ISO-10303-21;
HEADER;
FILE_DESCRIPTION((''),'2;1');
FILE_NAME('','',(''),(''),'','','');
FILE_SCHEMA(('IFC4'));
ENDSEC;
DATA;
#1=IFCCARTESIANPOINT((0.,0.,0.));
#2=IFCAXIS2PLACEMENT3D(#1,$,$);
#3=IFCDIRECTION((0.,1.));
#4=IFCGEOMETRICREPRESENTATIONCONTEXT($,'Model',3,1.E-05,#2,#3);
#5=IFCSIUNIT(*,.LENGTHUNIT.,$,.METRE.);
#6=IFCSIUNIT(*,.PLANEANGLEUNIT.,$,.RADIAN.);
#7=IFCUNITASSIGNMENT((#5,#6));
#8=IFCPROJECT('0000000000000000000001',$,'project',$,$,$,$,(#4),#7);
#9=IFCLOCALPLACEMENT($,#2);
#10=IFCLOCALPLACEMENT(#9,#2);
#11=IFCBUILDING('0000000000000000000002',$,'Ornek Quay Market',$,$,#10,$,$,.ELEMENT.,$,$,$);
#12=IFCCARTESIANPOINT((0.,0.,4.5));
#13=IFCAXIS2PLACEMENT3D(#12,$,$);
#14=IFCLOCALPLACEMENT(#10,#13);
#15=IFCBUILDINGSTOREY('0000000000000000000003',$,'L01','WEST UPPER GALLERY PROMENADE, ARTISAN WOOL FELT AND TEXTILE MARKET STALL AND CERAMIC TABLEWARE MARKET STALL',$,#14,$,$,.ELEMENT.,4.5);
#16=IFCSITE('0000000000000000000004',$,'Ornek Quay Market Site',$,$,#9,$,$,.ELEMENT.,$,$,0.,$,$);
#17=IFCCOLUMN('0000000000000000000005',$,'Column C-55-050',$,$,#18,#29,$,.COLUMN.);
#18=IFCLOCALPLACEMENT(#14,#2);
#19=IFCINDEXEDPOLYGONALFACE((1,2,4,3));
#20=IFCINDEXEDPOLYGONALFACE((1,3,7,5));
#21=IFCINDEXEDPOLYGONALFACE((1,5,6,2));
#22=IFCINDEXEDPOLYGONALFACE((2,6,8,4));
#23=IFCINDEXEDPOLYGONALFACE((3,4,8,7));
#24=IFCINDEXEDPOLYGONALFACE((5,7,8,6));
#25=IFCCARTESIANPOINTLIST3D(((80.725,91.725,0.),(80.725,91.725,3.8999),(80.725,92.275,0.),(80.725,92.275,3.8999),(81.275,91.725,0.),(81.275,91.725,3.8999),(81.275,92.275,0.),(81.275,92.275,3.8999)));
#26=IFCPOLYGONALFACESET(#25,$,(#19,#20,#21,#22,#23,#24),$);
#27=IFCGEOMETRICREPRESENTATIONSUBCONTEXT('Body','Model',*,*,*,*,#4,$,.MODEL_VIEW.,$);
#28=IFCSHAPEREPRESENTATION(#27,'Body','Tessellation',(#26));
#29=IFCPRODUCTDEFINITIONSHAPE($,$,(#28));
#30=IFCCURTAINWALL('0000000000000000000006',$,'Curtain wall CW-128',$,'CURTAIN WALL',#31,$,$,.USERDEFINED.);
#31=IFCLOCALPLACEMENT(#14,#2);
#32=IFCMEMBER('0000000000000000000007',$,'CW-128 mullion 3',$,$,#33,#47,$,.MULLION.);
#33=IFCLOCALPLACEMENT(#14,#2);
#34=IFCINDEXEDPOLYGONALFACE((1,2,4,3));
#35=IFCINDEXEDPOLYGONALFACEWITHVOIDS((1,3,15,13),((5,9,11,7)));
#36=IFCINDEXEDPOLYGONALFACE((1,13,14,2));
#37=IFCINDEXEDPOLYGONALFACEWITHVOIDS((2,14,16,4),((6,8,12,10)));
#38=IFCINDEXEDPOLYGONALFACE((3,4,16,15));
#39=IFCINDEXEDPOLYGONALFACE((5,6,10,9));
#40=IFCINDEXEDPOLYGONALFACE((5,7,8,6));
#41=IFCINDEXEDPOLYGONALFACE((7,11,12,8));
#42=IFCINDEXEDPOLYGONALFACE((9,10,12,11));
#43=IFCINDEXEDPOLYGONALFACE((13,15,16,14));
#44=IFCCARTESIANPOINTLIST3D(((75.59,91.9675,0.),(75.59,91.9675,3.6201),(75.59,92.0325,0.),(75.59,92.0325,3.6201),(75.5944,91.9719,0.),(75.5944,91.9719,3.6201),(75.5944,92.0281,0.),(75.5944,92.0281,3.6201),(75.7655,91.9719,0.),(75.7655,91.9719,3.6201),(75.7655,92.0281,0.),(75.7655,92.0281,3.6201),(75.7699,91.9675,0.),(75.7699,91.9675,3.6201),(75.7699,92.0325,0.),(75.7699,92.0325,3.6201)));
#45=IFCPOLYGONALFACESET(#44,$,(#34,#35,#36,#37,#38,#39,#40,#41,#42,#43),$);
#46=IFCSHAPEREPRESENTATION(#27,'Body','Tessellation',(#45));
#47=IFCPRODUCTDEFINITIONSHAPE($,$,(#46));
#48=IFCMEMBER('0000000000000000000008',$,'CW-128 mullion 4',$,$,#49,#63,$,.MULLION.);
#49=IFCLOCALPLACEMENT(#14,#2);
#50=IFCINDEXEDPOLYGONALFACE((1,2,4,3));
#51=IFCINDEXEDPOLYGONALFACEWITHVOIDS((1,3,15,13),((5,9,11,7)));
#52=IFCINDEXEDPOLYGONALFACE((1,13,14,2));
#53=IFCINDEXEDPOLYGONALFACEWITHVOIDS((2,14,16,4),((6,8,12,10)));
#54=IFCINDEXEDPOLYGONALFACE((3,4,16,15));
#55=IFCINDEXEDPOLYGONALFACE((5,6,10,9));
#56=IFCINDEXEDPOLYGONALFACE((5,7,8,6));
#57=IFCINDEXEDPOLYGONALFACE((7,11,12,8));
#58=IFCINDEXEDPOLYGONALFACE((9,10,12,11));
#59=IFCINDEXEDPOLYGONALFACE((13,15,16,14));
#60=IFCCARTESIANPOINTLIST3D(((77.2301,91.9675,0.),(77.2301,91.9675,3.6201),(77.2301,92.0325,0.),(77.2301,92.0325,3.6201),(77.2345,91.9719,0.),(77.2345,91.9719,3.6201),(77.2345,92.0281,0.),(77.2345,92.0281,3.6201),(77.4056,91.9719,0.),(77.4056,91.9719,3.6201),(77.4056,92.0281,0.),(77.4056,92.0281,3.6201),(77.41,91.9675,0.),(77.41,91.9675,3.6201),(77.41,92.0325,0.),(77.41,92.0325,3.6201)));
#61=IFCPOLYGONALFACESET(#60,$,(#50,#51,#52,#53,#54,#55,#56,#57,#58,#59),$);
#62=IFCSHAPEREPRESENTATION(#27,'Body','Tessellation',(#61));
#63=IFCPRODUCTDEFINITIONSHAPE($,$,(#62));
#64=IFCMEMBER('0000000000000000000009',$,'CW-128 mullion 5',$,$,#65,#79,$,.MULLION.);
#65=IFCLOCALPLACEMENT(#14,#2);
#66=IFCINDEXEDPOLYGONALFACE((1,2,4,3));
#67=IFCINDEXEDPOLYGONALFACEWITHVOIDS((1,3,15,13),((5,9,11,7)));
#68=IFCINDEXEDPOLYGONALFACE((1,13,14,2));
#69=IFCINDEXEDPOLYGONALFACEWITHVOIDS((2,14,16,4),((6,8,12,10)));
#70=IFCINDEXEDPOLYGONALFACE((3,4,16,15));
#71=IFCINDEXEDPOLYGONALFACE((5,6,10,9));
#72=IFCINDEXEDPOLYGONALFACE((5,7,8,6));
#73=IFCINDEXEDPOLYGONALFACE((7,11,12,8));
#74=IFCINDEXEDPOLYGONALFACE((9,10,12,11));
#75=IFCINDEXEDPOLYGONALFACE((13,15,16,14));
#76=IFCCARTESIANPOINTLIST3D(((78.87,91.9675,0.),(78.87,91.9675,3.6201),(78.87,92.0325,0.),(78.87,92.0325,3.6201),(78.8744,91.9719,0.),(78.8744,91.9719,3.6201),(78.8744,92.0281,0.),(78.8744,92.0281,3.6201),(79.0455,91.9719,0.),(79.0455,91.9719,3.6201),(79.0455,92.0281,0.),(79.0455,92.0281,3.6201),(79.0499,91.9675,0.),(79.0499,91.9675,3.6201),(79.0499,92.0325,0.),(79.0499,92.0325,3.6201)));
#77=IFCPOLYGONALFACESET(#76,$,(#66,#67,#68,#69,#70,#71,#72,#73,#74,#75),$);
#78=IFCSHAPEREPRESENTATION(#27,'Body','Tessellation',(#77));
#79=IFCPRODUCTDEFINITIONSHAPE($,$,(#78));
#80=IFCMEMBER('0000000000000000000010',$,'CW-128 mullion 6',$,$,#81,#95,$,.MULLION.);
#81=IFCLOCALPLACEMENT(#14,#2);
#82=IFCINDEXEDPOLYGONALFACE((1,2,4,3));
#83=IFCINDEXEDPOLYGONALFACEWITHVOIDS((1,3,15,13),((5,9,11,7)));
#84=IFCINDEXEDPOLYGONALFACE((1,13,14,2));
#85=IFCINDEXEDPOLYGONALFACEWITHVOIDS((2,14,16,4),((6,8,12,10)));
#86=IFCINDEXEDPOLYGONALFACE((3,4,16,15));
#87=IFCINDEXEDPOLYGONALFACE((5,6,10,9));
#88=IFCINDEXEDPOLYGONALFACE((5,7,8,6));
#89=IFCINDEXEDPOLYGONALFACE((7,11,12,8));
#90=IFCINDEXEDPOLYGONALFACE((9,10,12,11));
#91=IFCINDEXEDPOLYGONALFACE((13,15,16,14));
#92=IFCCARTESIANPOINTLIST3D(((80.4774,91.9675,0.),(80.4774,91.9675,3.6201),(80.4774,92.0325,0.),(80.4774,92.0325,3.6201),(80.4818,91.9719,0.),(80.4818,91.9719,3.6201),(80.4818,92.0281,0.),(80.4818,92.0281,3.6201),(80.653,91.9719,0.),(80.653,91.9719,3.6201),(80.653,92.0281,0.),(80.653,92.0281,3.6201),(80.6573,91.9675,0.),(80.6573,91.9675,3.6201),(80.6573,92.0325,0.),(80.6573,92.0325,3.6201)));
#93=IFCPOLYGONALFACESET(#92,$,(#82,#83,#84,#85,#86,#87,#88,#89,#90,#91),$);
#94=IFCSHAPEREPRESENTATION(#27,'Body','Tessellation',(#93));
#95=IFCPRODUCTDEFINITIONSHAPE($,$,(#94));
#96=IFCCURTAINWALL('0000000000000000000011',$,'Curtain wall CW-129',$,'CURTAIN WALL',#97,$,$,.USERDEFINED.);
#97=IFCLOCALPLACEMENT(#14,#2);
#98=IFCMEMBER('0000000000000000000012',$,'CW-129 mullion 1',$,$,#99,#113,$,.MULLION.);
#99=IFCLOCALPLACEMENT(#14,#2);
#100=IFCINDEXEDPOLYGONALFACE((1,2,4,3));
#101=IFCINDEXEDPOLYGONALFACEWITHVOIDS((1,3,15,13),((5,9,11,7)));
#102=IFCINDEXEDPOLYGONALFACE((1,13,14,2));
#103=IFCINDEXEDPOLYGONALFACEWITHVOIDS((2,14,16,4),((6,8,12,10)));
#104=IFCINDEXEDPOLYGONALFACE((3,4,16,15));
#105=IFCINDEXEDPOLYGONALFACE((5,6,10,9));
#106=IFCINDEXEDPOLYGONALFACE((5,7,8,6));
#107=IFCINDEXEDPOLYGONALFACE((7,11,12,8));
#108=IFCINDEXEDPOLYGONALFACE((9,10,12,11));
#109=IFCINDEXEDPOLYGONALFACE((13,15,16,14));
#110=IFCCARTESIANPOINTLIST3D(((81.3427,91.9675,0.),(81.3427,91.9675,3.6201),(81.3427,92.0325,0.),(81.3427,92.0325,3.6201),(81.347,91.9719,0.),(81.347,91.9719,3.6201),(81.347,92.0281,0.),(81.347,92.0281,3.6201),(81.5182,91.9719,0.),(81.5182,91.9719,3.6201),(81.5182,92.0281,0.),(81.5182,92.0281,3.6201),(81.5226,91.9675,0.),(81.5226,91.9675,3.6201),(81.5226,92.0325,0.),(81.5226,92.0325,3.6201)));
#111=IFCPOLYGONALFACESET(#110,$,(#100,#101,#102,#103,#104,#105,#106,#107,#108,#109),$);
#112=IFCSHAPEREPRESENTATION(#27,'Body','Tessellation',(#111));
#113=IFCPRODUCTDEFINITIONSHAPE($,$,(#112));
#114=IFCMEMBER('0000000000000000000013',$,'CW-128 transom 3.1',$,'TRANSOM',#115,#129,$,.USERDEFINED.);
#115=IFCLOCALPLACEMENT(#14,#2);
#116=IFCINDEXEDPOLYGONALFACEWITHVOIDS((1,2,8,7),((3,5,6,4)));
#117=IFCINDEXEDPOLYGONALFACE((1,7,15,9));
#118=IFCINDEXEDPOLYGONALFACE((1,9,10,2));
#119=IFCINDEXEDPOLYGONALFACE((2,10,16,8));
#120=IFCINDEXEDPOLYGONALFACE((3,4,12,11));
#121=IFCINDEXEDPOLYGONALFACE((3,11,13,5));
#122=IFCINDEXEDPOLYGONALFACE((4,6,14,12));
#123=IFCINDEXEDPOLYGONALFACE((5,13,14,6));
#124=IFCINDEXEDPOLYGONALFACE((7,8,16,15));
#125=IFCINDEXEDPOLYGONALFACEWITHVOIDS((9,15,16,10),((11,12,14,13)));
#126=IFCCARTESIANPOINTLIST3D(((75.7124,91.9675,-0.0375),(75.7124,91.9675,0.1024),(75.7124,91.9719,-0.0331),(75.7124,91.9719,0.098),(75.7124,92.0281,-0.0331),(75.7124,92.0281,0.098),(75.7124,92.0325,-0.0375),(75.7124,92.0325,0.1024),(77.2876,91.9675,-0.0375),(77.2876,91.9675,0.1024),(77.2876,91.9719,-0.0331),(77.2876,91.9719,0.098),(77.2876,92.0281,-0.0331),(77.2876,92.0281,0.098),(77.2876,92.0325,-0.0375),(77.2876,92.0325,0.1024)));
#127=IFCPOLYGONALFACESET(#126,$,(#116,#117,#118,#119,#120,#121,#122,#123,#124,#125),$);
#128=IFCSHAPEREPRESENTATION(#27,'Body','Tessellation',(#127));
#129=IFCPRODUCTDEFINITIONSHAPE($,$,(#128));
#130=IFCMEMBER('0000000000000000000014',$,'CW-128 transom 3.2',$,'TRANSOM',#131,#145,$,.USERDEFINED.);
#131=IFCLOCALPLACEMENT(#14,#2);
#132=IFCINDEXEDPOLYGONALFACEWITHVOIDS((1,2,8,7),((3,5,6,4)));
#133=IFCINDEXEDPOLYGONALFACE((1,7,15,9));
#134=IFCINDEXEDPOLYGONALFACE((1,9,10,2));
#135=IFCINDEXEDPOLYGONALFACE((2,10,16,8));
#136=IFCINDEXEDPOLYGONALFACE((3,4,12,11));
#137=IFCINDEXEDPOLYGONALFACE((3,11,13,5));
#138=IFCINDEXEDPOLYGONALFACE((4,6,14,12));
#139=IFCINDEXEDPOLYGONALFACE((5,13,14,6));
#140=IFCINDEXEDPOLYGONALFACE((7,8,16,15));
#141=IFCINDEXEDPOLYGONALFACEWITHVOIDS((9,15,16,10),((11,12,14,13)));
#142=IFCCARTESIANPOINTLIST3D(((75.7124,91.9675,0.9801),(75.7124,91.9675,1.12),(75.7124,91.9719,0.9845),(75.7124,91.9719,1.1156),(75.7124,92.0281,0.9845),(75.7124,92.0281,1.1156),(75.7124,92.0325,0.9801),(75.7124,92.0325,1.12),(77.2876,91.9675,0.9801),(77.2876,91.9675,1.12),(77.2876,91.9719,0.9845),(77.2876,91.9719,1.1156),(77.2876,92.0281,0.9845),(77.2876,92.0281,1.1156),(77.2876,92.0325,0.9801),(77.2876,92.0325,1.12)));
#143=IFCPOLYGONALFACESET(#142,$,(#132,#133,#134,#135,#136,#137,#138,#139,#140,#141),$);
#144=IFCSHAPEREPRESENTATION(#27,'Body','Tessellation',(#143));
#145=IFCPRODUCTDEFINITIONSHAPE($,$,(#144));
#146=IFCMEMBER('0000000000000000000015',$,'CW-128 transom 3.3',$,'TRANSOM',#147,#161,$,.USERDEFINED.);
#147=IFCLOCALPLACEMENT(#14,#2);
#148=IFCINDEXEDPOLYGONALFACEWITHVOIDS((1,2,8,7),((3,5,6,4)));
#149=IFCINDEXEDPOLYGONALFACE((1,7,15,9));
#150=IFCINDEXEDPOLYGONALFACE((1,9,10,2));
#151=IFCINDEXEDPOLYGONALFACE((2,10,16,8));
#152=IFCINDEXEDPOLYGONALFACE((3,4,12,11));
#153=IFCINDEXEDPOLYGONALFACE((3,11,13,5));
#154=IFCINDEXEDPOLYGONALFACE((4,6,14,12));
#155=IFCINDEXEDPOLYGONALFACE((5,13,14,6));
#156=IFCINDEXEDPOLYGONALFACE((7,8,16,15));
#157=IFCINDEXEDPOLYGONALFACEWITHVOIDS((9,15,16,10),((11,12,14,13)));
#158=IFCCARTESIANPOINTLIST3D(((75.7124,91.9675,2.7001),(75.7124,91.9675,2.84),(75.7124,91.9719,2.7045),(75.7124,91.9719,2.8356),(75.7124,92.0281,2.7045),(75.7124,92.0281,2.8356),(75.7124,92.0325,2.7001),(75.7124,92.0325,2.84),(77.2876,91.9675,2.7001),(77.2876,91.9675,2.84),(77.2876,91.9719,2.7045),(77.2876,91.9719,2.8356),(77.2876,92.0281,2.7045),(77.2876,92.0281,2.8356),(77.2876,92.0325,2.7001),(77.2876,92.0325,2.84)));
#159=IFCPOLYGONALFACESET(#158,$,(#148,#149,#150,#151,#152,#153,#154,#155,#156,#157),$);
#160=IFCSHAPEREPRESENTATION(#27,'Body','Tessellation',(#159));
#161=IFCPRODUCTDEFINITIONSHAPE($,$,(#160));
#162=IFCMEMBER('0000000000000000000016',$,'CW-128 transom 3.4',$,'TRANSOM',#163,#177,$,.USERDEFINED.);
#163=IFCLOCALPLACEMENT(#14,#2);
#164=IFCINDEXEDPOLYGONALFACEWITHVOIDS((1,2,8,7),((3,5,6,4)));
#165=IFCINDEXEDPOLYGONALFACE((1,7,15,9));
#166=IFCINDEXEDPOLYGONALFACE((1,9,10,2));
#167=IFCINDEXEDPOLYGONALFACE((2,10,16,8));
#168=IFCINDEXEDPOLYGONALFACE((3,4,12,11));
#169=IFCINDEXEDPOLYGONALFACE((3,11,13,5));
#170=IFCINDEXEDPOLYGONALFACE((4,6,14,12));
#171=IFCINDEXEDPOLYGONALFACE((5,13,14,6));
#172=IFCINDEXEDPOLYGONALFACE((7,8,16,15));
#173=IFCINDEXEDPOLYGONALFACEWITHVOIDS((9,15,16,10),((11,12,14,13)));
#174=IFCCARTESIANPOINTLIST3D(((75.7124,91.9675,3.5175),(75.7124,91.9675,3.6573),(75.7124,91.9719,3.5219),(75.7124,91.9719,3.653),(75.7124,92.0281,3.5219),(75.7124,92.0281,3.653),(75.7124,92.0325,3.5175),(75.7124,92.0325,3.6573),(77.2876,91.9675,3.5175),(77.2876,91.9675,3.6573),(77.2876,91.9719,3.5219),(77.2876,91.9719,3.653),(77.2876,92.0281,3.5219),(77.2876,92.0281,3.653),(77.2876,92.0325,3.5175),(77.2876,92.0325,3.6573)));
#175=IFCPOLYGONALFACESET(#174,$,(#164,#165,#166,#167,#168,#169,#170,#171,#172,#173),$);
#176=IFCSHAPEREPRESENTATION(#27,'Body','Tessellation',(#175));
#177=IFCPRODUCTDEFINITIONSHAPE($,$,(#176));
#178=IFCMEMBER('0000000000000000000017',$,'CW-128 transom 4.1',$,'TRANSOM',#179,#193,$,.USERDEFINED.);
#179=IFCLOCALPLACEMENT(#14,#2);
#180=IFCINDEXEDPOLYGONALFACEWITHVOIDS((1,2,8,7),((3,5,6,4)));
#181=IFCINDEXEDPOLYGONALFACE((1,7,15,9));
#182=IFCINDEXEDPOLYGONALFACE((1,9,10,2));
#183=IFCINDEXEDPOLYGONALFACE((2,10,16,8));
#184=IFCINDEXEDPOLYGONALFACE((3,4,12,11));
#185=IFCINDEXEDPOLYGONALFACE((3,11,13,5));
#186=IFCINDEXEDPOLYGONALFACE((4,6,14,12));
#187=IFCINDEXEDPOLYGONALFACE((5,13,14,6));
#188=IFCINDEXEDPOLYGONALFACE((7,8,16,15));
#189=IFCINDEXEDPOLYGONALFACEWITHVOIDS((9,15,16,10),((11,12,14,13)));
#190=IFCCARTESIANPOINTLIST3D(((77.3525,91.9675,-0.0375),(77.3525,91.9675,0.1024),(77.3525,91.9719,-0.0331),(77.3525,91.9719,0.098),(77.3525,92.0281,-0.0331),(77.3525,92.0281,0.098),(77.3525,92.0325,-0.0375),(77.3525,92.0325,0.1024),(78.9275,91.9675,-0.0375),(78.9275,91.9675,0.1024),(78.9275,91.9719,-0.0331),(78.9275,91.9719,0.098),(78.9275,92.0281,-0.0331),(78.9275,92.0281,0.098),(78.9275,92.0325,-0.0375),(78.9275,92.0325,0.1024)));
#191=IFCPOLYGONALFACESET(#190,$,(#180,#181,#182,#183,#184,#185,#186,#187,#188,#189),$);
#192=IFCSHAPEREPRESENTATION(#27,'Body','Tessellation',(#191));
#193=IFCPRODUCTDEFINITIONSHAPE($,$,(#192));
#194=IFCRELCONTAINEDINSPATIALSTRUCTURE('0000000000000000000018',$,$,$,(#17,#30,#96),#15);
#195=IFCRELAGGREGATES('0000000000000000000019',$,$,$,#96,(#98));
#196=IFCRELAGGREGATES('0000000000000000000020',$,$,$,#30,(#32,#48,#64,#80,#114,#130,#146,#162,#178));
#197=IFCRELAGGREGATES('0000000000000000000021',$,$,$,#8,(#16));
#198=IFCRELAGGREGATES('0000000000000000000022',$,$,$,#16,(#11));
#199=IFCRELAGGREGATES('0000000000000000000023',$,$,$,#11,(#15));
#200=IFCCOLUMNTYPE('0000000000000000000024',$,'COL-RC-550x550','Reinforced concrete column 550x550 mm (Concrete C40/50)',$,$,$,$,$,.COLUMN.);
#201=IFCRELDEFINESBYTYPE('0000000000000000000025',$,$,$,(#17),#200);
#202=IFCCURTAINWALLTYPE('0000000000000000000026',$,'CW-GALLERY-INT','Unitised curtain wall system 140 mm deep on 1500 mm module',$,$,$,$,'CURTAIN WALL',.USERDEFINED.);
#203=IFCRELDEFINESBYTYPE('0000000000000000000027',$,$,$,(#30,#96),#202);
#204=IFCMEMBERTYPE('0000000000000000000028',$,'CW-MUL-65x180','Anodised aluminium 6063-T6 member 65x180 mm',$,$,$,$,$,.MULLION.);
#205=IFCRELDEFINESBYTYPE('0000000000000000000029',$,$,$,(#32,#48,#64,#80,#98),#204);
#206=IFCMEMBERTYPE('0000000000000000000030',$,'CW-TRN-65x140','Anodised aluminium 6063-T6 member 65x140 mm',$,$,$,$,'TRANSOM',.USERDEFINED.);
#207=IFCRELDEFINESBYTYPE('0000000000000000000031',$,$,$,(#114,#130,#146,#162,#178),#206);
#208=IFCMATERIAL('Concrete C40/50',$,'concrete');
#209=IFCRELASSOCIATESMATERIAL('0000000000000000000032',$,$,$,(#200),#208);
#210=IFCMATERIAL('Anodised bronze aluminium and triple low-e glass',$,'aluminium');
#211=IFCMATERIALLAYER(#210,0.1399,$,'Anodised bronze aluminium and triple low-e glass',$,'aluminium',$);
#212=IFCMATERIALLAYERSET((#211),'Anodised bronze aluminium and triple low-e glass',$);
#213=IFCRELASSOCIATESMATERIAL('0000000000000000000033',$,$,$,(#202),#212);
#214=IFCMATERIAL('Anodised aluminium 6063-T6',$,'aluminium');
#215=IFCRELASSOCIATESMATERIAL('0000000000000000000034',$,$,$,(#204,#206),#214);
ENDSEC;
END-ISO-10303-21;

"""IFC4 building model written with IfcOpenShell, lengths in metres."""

from ifc_helpers import new_model, si_unit, direction, frame, origin, origin_2d, place, context, subcontext, project, spatial, rectangle, hollow_rectangle, extrude, material, layer, layer_set, material_profile, profile_set, type_object, element, aggregate, save


model = new_model("IFC4")

# Units and contexts
model_context = context("Model", 3, precision=1e-05, world=origin(), true_north=direction((0.0, 1.0)))
body_context = subcontext(model_context, "Body", "Model", "MODEL_VIEW")
ifc_project = project(units=[si_unit("LENGTHUNIT", "METRE"), si_unit("PLANEANGLEUNIT", "RADIAN")], contexts=[model_context])

# Site, building, storey
site_placement = place(None, origin())
site = spatial("IfcSite", under=ifc_project, at=site_placement, Name="Ornek Quay Market Site", CompositionType="ELEMENT", RefElevation=0.0)
building_placement = place(site_placement, origin())
building = spatial("IfcBuilding", under=site, at=building_placement, Name="Ornek Quay Market", CompositionType="ELEMENT")
storey_placement = place(building_placement, frame((0.0, 0.0, 4.5)))
storey = spatial("IfcBuildingStorey", under=building, at=storey_placement, Name="L01", Description="WEST UPPER GALLERY PROMENADE, ARTISAN WOOL FELT AND TEXTILE MARKET STALL AND CERAMIC TABLEWARE MARKET STALL", CompositionType="ELEMENT", Elevation=4.5)

# Column
ifc_material_1 = material(Name="Concrete C40/50", Category="concrete")
ifc_material_profile_1 = material_profile(ifc_material_1, rectangle(XDim=0.55, YDim=0.55, at=origin_2d()), Name="RC 550x550", Category="concrete")
ifc_profile_set_1 = profile_set([ifc_material_profile_1], Name="Concrete C40/50")
column_type = type_object("IfcColumnType", Name="COL-RC-550x550", Description="Reinforced concrete column 550x550 mm (Concrete C40/50)", PredefinedType="COLUMN", material=ifc_profile_set_1)
column_placement = place(storey_placement, frame((81.0, 92.0, 0.0), z_axis=(0.0, 0.0, 1.0), x_axis=(1.0, 0.0, 0.0)))
element("IfcColumn", 1, at=column_placement, inside=storey, type_object=column_type, Name="Column C-55-050", PredefinedType="COLUMN", context=body_context, shape_type="SweptSolid", body=[
    extrude(rectangle(XDim=0.55, YDim=0.55, at=origin_2d()), origin(), (0.0, 0.0, 1.0), 3.8999),
])

# Curtain wall, members
ifc_material_2 = material(Name="Anodised bronze aluminium and triple low-e glass", Category="aluminium")
ifc_layer_1 = layer(ifc_material_2, 0.1399, Name="Anodised bronze aluminium and triple low-e glass", Category="aluminium")
ifc_layer_set_1 = layer_set([ifc_layer_1], Name="Anodised bronze aluminium and triple low-e glass")
curtain_wall_type = type_object("IfcCurtainWallType", Name="CW-GALLERY-INT", Description="Unitised curtain wall system 140 mm deep on 1500 mm module", ElementType="CURTAIN WALL", PredefinedType="USERDEFINED", material=ifc_layer_set_1)
curtain_wall_1_placement = place(storey_placement, origin())
curtain_wall_1 = element("IfcCurtainWall", 2, at=curtain_wall_1_placement, inside=storey, type_object=curtain_wall_type, Name="Curtain wall CW-128", ObjectType="CURTAIN WALL", PredefinedType="USERDEFINED")
ifc_material_3 = material(Name="Anodised aluminium 6063-T6", Category="aluminium")
ifc_material_profile_2 = material_profile(ifc_material_3, hollow_rectangle(XDim=0.0649, YDim=0.1799, WallThickness=0.0044, at=origin_2d()), Name="CW-MUL-65x180", Category="aluminium")
ifc_profile_set_2 = profile_set([ifc_material_profile_2], Name="Anodised aluminium 6063-T6")
member_type_1 = type_object("IfcMemberType", Name="CW-MUL-65x180", Description="Anodised aluminium 6063-T6 member 65x180 mm", PredefinedType="MULLION", material=ifc_profile_set_2)
member_1_placement = place(storey_placement, frame((75.6799, 92.0, 0.0), z_axis=(0.0, 0.0, 1.0), x_axis=(0.0, 1.0, 0.0)))
member_1 = element("IfcMember", 3, at=member_1_placement, type_object=member_type_1, Name="CW-128 mullion 3", PredefinedType="MULLION", context=body_context, shape_type="SweptSolid", body=[
    extrude(hollow_rectangle(XDim=0.0649, YDim=0.1799, WallThickness=0.0044, at=origin_2d()), origin(), (0.0, 0.0, 1.0), 3.6201),
])
member_2_placement = place(storey_placement, frame((77.3201, 92.0, 0.0), z_axis=(0.0, 0.0, 1.0), x_axis=(0.0, 1.0, 0.0)))
member_2 = element("IfcMember", 4, at=member_2_placement, type_object=member_type_1, Name="CW-128 mullion 4", PredefinedType="MULLION", context=body_context, shape_type="SweptSolid", body=[
    extrude(hollow_rectangle(XDim=0.0649, YDim=0.1799, WallThickness=0.0044, at=origin_2d()), origin(), (0.0, 0.0, 1.0), 3.6201),
])
member_3_placement = place(storey_placement, frame((78.96, 92.0, 0.0), z_axis=(0.0, 0.0, 1.0), x_axis=(0.0, 1.0, 0.0)))
member_3 = element("IfcMember", 5, at=member_3_placement, type_object=member_type_1, Name="CW-128 mullion 5", PredefinedType="MULLION", context=body_context, shape_type="SweptSolid", body=[
    extrude(hollow_rectangle(XDim=0.0649, YDim=0.1799, WallThickness=0.0044, at=origin_2d()), origin(), (0.0, 0.0, 1.0), 3.6201),
])
member_4_placement = place(storey_placement, frame((80.5674, 92.0, 0.0), z_axis=(0.0, 0.0, 1.0), x_axis=(0.0, 1.0, 0.0)))
member_4 = element("IfcMember", 6, at=member_4_placement, type_object=member_type_1, Name="CW-128 mullion 6", PredefinedType="MULLION", context=body_context, shape_type="SweptSolid", body=[
    extrude(hollow_rectangle(XDim=0.0649, YDim=0.1799, WallThickness=0.0044, at=origin_2d()), origin(), (0.0, 0.0, 1.0), 3.6201),
])

# Curtain wall, member
curtain_wall_2_placement = place(storey_placement, origin())
curtain_wall_2 = element("IfcCurtainWall", 7, at=curtain_wall_2_placement, inside=storey, type_object=curtain_wall_type, Name="Curtain wall CW-129", ObjectType="CURTAIN WALL", PredefinedType="USERDEFINED")
member_5_placement = place(storey_placement, frame((81.4326, 92.0, 0.0), z_axis=(0.0, 0.0, 1.0), x_axis=(0.0, 1.0, 0.0)))
member_5 = element("IfcMember", 8, at=member_5_placement, type_object=member_type_1, Name="CW-129 mullion 1", PredefinedType="MULLION", context=body_context, shape_type="SweptSolid", body=[
    extrude(hollow_rectangle(XDim=0.0649, YDim=0.1799, WallThickness=0.0044, at=origin_2d()), origin(), (0.0, 0.0, 1.0), 3.6201),
])

# Members
ifc_material_profile_3 = material_profile(ifc_material_3, hollow_rectangle(XDim=0.0649, YDim=0.1399, WallThickness=0.0044, at=origin_2d()), Name="CW-TRN-65x140", Category="aluminium")
ifc_profile_set_3 = profile_set([ifc_material_profile_3], Name="Anodised aluminium 6063-T6")
member_type_2 = type_object("IfcMemberType", Name="CW-TRN-65x140", Description="Anodised aluminium 6063-T6 member 65x140 mm", ElementType="TRANSOM", PredefinedType="USERDEFINED", material=ifc_profile_set_3)
member_6_placement = place(storey_placement, frame((75.7124, 92.0, 0.0325), z_axis=(1.0, 0.0, 0.0), x_axis=(0.0, 1.0, 0.0)))
member_6 = element("IfcMember", 9, at=member_6_placement, type_object=member_type_2, Name="CW-128 transom 3.1", ObjectType="TRANSOM", PredefinedType="USERDEFINED", context=body_context, shape_type="SweptSolid", body=[
    extrude(hollow_rectangle(XDim=0.0649, YDim=0.1399, WallThickness=0.0044, at=origin_2d()), origin(), (0.0, 0.0, 1.0), 1.5752),
])
member_7_placement = place(storey_placement, frame((75.7124, 92.0, 1.05), z_axis=(1.0, 0.0, 0.0), x_axis=(0.0, 1.0, 0.0)))
member_7 = element("IfcMember", 10, at=member_7_placement, type_object=member_type_2, Name="CW-128 transom 3.2", ObjectType="TRANSOM", PredefinedType="USERDEFINED", context=body_context, shape_type="SweptSolid", body=[
    extrude(hollow_rectangle(XDim=0.0649, YDim=0.1399, WallThickness=0.0044, at=origin_2d()), origin(), (0.0, 0.0, 1.0), 1.5752),
])
member_8_placement = place(storey_placement, frame((75.7124, 92.0, 2.77), z_axis=(1.0, 0.0, 0.0), x_axis=(0.0, 1.0, 0.0)))
member_8 = element("IfcMember", 11, at=member_8_placement, type_object=member_type_2, Name="CW-128 transom 3.3", ObjectType="TRANSOM", PredefinedType="USERDEFINED", context=body_context, shape_type="SweptSolid", body=[
    extrude(hollow_rectangle(XDim=0.0649, YDim=0.1399, WallThickness=0.0044, at=origin_2d()), origin(), (0.0, 0.0, 1.0), 1.5752),
])
member_9_placement = place(storey_placement, frame((75.7124, 92.0, 3.5874), z_axis=(1.0, 0.0, 0.0), x_axis=(0.0, 1.0, 0.0)))
member_9 = element("IfcMember", 12, at=member_9_placement, type_object=member_type_2, Name="CW-128 transom 3.4", ObjectType="TRANSOM", PredefinedType="USERDEFINED", context=body_context, shape_type="SweptSolid", body=[
    extrude(hollow_rectangle(XDim=0.0649, YDim=0.1399, WallThickness=0.0044, at=origin_2d()), origin(), (0.0, 0.0, 1.0), 1.5752),
])
member_10_placement = place(storey_placement, frame((77.3525, 92.0, 0.0325), z_axis=(1.0, 0.0, 0.0), x_axis=(0.0, 1.0, 0.0)))
member_10 = element("IfcMember", 13, at=member_10_placement, type_object=member_type_2, Name="CW-128 transom 4.1", ObjectType="TRANSOM", PredefinedType="USERDEFINED", context=body_context, shape_type="SweptSolid", body=[
    extrude(hollow_rectangle(XDim=0.0649, YDim=0.1399, WallThickness=0.0044, at=origin_2d()), origin(), (0.0, 0.0, 1.0), 1.575),
])
aggregate(curtain_wall_2, [member_5])

aggregate(curtain_wall_1, [member_1, member_2, member_3, member_4, member_6, member_7, member_8, member_9, member_10])

save(model, "model.ifc")
